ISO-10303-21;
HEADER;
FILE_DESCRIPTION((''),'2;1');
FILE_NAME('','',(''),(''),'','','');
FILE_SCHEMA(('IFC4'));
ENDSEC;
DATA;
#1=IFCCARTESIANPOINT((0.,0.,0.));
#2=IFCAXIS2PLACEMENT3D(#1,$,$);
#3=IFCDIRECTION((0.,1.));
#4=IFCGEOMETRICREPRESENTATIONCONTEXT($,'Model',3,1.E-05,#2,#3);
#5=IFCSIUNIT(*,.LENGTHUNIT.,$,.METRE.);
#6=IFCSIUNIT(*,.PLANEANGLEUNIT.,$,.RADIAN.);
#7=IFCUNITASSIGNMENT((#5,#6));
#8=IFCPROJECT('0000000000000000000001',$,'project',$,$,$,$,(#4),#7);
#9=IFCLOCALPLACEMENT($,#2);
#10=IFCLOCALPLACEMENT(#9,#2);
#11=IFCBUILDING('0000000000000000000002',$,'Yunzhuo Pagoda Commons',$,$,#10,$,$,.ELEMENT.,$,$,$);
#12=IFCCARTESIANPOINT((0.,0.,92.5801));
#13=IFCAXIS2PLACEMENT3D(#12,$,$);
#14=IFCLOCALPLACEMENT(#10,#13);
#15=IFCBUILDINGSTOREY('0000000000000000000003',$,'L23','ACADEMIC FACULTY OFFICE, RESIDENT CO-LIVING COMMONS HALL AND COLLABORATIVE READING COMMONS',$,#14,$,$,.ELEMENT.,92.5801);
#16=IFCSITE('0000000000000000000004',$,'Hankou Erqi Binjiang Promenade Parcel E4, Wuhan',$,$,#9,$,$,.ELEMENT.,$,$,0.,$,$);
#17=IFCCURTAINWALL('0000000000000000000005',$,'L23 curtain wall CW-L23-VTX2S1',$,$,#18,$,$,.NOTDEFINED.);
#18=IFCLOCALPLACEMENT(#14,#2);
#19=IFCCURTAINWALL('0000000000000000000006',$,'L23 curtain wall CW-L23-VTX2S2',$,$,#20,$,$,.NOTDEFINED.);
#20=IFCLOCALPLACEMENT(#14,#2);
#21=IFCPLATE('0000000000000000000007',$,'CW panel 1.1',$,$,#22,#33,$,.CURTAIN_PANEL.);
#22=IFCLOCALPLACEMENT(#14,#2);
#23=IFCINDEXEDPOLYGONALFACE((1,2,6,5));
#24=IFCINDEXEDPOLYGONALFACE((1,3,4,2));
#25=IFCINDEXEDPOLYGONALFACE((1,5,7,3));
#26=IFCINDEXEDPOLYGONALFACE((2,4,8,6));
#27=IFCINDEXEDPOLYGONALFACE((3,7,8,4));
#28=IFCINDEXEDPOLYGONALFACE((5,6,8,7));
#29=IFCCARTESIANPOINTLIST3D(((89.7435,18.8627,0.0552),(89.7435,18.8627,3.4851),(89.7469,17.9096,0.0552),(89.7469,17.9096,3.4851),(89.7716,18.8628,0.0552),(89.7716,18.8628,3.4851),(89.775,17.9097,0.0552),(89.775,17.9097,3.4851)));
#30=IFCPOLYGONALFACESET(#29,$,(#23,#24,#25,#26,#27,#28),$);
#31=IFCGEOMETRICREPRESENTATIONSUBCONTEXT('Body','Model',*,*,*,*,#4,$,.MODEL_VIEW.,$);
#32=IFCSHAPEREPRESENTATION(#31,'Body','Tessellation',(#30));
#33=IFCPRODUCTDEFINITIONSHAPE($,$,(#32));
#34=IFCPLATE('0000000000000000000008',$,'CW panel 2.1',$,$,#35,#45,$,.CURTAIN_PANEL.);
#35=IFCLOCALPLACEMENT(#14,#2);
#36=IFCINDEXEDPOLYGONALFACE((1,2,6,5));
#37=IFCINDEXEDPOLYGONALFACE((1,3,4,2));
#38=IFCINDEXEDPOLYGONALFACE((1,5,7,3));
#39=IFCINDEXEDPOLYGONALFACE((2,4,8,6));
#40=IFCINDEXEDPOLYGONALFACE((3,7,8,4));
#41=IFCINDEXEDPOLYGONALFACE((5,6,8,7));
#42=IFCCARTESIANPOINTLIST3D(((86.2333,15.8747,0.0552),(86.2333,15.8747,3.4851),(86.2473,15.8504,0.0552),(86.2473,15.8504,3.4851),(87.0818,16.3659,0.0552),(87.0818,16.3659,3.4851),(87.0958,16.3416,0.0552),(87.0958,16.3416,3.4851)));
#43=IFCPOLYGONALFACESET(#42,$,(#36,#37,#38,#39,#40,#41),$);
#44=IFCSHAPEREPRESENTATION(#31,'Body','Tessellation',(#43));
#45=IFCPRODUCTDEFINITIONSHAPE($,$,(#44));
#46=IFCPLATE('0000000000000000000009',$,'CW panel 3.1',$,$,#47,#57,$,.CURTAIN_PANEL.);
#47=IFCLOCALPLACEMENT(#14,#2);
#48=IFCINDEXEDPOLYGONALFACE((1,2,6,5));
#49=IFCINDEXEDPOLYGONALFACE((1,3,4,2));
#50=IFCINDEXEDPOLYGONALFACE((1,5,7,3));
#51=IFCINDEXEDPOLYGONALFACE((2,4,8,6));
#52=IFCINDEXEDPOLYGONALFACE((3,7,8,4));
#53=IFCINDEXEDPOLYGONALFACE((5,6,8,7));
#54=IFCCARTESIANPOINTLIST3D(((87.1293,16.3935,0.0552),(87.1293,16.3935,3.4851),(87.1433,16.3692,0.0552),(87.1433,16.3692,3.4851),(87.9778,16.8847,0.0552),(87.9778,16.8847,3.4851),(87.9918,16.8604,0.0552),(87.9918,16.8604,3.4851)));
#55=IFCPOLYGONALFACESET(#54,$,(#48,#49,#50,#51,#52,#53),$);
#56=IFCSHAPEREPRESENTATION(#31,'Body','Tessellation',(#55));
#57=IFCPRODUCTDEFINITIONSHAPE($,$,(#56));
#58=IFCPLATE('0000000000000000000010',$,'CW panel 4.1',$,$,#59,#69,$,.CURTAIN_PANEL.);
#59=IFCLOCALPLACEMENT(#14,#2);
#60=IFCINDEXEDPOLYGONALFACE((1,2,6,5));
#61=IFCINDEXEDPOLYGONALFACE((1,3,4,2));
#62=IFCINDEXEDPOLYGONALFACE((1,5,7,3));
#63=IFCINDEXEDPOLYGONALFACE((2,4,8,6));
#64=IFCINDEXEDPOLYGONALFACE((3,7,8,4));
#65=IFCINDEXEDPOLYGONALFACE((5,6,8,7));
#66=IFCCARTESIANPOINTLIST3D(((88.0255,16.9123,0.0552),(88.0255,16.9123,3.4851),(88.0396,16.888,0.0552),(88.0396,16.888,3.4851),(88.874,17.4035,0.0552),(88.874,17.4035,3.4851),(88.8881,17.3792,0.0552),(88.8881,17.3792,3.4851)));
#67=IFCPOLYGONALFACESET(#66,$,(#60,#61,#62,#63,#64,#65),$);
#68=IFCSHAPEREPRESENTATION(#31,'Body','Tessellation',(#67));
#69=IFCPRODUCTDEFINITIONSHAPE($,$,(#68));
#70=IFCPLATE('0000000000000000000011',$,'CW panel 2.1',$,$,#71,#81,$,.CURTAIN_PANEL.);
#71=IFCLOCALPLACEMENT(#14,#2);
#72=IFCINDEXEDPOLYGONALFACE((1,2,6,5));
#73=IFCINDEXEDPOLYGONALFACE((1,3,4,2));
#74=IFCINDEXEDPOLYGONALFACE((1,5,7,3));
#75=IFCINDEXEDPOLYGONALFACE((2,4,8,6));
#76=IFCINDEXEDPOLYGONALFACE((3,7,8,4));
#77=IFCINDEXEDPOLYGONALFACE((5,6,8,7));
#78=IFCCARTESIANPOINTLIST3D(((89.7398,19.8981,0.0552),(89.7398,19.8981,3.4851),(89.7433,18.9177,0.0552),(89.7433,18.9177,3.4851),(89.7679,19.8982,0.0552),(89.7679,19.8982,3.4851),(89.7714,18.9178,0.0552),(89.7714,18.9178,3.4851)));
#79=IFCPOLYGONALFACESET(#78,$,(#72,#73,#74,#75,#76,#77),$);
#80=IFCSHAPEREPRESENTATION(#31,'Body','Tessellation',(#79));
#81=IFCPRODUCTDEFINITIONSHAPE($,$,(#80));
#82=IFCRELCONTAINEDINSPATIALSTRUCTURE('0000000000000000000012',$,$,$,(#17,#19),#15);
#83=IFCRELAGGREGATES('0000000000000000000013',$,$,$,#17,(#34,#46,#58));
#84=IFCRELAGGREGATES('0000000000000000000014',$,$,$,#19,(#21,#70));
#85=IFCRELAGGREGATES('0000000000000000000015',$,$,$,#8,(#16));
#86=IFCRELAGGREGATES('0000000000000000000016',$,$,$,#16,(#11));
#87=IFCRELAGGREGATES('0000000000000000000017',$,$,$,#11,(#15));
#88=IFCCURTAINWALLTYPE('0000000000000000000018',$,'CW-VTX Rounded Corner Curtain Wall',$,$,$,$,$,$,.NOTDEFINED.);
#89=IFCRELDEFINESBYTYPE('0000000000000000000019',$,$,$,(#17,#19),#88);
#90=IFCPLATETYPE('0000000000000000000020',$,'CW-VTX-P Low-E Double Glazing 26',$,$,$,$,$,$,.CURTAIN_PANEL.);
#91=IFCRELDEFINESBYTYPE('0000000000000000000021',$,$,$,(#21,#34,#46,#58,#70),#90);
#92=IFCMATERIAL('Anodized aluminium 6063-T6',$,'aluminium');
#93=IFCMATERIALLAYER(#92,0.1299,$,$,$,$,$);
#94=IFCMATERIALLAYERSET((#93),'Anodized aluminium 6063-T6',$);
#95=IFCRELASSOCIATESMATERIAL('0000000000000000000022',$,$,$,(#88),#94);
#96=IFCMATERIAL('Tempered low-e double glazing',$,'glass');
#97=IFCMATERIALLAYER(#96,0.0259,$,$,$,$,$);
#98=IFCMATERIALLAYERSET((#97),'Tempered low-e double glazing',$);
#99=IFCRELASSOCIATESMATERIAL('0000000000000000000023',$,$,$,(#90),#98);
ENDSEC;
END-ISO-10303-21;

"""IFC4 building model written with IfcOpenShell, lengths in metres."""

from ifc_helpers import new_model, si_unit, direction, frame, origin, origin_2d, place, context, subcontext, project, spatial, rectangle, extrude, source, transform, mapped, material, layer, layer_set, type_object, element, aggregate, save


model = new_model("IFC4")

# Units and contexts
model_context = context("Model", 3, precision=1e-05, world=origin(), true_north=direction((0.0, 1.0)))
body_context = subcontext(model_context, "Body", "Model", "MODEL_VIEW")
ifc_project = project(units=[si_unit("LENGTHUNIT", "METRE"), si_unit("PLANEANGLEUNIT", "RADIAN")], contexts=[model_context])

# Site, building, storey
site_placement = place(None, origin())
site = spatial("IfcSite", under=ifc_project, at=site_placement, Name="Hankou Erqi Binjiang Promenade Parcel E4, Wuhan", CompositionType="ELEMENT", RefElevation=0.0)
building_placement = place(site_placement, origin())
building = spatial("IfcBuilding", under=site, at=building_placement, Name="Yunzhuo Pagoda Commons", CompositionType="ELEMENT")
storey_placement = place(building_placement, frame((0.0, 0.0, 92.5801)))
storey = spatial("IfcBuildingStorey", under=building, at=storey_placement, Name="L23", Description="ACADEMIC FACULTY OFFICE, RESIDENT CO-LIVING COMMONS HALL AND COLLABORATIVE READING COMMONS", CompositionType="ELEMENT", Elevation=92.5801)

# Curtain wall
ifc_material_1 = material(Name="Anodized aluminium 6063-T6", Category="aluminium")
ifc_layer_1 = layer(ifc_material_1, 0.1299)
ifc_layer_set_1 = layer_set([ifc_layer_1], Name="Anodized aluminium 6063-T6")
curtain_wall_type = type_object("IfcCurtainWallType", Name="CW-VTX Rounded Corner Curtain Wall", PredefinedType="NOTDEFINED", material=ifc_layer_set_1)
curtain_wall_1_placement = place(storey_placement, origin())
curtain_wall_1 = element("IfcCurtainWall", 1, at=curtain_wall_1_placement, inside=storey, type_object=curtain_wall_type, Name="L23 curtain wall CW-L23-VTX2S1", PredefinedType="NOTDEFINED")

# Curtain wall
curtain_wall_2_placement = place(storey_placement, origin())
curtain_wall_2 = element("IfcCurtainWall", 2, at=curtain_wall_2_placement, inside=storey, type_object=curtain_wall_type, Name="L23 curtain wall CW-L23-VTX2S2", PredefinedType="NOTDEFINED")

# Plates
ifc_material_2 = material(Name="Tempered low-e double glazing", Category="glass")
ifc_layer_2 = layer(ifc_material_2, 0.0259)
ifc_layer_set_2 = layer_set([ifc_layer_2], Name="Tempered low-e double glazing")
plate_type = type_object("IfcPlateType", Name="CW-VTX-P Low-E Double Glazing 26", PredefinedType="CURTAIN_PANEL", material=ifc_layer_set_2)
shared_shape_1 = source(origin(), body_context, "Body", "SweptSolid", [
    extrude(rectangle(XDim=0.9531, YDim=0.0281, at=origin_2d()), origin(), (0.0, 0.0, 1.0), 3.4299),
])
plate_1_placement = place(storey_placement, frame((89.7593, 18.3862, 0.0552), z_axis=(0.0, 0.0, 1.0), x_axis=(-0.003573, 0.999994, 0.0)))
plate_1 = element("IfcPlate", 3, at=plate_1_placement, type_object=plate_type, Name="CW panel 1.1", PredefinedType="CURTAIN_PANEL", context=body_context, shape_type="MappedRepresentation", body=[
    mapped(shared_shape_1, transform((0.0, 0.0, 0.0), scale=1.0)),
])
shared_shape_2 = source(origin(), body_context, "Body", "SweptSolid", [
    extrude(rectangle(XDim=0.9805, YDim=0.0281, at=origin_2d()), origin(), (0.0, 0.0, 1.0), 3.4299),
])
plate_2_placement = place(storey_placement, frame((86.6646, 16.1082, 0.0552), z_axis=(0.0, 0.0, 1.0), x_axis=(0.865427, 0.501036, 0.0)))
plate_2 = element("IfcPlate", 4, at=plate_2_placement, type_object=plate_type, Name="CW panel 2.1", PredefinedType="CURTAIN_PANEL", context=body_context, shape_type="MappedRepresentation", body=[
    mapped(shared_shape_2, transform((0.0, 0.0, 0.0), scale=1.0)),
])
plate_3_placement = place(storey_placement, frame((87.5605, 16.627, 0.0552), z_axis=(0.0, 0.0, 1.0), x_axis=(0.865427, 0.501036, 0.0)))
plate_3 = element("IfcPlate", 5, at=plate_3_placement, type_object=plate_type, Name="CW panel 3.1", PredefinedType="CURTAIN_PANEL", context=body_context, shape_type="MappedRepresentation", body=[
    mapped(shared_shape_2, transform((0.0, 0.0, 0.0), scale=1.0)),
])
plate_4_placement = place(storey_placement, frame((88.4568, 17.1458, 0.0552), z_axis=(0.0, 0.0, 1.0), x_axis=(0.865427, 0.501036, 0.0)))
plate_4 = element("IfcPlate", 6, at=plate_4_placement, type_object=plate_type, Name="CW panel 4.1", PredefinedType="CURTAIN_PANEL", context=body_context, shape_type="MappedRepresentation", body=[
    mapped(shared_shape_2, transform((0.0, 0.0, 0.0), scale=1.0)),
])
aggregate(curtain_wall_1, [plate_2, plate_3, plate_4])
plate_5_placement = place(storey_placement, frame((89.7556, 19.408, 0.0552), z_axis=(0.0, 0.0, 1.0), x_axis=(-0.003573, 0.999994, 0.0)))
plate_5 = element("IfcPlate", 7, at=plate_5_placement, type_object=plate_type, Name="CW panel 2.1", PredefinedType="CURTAIN_PANEL", context=body_context, shape_type="MappedRepresentation", body=[
    mapped(shared_shape_2, transform((0.0, 0.0, 0.0), scale=1.0)),
])
aggregate(curtain_wall_2, [plate_1, plate_5])

save(model, "model.ifc")
